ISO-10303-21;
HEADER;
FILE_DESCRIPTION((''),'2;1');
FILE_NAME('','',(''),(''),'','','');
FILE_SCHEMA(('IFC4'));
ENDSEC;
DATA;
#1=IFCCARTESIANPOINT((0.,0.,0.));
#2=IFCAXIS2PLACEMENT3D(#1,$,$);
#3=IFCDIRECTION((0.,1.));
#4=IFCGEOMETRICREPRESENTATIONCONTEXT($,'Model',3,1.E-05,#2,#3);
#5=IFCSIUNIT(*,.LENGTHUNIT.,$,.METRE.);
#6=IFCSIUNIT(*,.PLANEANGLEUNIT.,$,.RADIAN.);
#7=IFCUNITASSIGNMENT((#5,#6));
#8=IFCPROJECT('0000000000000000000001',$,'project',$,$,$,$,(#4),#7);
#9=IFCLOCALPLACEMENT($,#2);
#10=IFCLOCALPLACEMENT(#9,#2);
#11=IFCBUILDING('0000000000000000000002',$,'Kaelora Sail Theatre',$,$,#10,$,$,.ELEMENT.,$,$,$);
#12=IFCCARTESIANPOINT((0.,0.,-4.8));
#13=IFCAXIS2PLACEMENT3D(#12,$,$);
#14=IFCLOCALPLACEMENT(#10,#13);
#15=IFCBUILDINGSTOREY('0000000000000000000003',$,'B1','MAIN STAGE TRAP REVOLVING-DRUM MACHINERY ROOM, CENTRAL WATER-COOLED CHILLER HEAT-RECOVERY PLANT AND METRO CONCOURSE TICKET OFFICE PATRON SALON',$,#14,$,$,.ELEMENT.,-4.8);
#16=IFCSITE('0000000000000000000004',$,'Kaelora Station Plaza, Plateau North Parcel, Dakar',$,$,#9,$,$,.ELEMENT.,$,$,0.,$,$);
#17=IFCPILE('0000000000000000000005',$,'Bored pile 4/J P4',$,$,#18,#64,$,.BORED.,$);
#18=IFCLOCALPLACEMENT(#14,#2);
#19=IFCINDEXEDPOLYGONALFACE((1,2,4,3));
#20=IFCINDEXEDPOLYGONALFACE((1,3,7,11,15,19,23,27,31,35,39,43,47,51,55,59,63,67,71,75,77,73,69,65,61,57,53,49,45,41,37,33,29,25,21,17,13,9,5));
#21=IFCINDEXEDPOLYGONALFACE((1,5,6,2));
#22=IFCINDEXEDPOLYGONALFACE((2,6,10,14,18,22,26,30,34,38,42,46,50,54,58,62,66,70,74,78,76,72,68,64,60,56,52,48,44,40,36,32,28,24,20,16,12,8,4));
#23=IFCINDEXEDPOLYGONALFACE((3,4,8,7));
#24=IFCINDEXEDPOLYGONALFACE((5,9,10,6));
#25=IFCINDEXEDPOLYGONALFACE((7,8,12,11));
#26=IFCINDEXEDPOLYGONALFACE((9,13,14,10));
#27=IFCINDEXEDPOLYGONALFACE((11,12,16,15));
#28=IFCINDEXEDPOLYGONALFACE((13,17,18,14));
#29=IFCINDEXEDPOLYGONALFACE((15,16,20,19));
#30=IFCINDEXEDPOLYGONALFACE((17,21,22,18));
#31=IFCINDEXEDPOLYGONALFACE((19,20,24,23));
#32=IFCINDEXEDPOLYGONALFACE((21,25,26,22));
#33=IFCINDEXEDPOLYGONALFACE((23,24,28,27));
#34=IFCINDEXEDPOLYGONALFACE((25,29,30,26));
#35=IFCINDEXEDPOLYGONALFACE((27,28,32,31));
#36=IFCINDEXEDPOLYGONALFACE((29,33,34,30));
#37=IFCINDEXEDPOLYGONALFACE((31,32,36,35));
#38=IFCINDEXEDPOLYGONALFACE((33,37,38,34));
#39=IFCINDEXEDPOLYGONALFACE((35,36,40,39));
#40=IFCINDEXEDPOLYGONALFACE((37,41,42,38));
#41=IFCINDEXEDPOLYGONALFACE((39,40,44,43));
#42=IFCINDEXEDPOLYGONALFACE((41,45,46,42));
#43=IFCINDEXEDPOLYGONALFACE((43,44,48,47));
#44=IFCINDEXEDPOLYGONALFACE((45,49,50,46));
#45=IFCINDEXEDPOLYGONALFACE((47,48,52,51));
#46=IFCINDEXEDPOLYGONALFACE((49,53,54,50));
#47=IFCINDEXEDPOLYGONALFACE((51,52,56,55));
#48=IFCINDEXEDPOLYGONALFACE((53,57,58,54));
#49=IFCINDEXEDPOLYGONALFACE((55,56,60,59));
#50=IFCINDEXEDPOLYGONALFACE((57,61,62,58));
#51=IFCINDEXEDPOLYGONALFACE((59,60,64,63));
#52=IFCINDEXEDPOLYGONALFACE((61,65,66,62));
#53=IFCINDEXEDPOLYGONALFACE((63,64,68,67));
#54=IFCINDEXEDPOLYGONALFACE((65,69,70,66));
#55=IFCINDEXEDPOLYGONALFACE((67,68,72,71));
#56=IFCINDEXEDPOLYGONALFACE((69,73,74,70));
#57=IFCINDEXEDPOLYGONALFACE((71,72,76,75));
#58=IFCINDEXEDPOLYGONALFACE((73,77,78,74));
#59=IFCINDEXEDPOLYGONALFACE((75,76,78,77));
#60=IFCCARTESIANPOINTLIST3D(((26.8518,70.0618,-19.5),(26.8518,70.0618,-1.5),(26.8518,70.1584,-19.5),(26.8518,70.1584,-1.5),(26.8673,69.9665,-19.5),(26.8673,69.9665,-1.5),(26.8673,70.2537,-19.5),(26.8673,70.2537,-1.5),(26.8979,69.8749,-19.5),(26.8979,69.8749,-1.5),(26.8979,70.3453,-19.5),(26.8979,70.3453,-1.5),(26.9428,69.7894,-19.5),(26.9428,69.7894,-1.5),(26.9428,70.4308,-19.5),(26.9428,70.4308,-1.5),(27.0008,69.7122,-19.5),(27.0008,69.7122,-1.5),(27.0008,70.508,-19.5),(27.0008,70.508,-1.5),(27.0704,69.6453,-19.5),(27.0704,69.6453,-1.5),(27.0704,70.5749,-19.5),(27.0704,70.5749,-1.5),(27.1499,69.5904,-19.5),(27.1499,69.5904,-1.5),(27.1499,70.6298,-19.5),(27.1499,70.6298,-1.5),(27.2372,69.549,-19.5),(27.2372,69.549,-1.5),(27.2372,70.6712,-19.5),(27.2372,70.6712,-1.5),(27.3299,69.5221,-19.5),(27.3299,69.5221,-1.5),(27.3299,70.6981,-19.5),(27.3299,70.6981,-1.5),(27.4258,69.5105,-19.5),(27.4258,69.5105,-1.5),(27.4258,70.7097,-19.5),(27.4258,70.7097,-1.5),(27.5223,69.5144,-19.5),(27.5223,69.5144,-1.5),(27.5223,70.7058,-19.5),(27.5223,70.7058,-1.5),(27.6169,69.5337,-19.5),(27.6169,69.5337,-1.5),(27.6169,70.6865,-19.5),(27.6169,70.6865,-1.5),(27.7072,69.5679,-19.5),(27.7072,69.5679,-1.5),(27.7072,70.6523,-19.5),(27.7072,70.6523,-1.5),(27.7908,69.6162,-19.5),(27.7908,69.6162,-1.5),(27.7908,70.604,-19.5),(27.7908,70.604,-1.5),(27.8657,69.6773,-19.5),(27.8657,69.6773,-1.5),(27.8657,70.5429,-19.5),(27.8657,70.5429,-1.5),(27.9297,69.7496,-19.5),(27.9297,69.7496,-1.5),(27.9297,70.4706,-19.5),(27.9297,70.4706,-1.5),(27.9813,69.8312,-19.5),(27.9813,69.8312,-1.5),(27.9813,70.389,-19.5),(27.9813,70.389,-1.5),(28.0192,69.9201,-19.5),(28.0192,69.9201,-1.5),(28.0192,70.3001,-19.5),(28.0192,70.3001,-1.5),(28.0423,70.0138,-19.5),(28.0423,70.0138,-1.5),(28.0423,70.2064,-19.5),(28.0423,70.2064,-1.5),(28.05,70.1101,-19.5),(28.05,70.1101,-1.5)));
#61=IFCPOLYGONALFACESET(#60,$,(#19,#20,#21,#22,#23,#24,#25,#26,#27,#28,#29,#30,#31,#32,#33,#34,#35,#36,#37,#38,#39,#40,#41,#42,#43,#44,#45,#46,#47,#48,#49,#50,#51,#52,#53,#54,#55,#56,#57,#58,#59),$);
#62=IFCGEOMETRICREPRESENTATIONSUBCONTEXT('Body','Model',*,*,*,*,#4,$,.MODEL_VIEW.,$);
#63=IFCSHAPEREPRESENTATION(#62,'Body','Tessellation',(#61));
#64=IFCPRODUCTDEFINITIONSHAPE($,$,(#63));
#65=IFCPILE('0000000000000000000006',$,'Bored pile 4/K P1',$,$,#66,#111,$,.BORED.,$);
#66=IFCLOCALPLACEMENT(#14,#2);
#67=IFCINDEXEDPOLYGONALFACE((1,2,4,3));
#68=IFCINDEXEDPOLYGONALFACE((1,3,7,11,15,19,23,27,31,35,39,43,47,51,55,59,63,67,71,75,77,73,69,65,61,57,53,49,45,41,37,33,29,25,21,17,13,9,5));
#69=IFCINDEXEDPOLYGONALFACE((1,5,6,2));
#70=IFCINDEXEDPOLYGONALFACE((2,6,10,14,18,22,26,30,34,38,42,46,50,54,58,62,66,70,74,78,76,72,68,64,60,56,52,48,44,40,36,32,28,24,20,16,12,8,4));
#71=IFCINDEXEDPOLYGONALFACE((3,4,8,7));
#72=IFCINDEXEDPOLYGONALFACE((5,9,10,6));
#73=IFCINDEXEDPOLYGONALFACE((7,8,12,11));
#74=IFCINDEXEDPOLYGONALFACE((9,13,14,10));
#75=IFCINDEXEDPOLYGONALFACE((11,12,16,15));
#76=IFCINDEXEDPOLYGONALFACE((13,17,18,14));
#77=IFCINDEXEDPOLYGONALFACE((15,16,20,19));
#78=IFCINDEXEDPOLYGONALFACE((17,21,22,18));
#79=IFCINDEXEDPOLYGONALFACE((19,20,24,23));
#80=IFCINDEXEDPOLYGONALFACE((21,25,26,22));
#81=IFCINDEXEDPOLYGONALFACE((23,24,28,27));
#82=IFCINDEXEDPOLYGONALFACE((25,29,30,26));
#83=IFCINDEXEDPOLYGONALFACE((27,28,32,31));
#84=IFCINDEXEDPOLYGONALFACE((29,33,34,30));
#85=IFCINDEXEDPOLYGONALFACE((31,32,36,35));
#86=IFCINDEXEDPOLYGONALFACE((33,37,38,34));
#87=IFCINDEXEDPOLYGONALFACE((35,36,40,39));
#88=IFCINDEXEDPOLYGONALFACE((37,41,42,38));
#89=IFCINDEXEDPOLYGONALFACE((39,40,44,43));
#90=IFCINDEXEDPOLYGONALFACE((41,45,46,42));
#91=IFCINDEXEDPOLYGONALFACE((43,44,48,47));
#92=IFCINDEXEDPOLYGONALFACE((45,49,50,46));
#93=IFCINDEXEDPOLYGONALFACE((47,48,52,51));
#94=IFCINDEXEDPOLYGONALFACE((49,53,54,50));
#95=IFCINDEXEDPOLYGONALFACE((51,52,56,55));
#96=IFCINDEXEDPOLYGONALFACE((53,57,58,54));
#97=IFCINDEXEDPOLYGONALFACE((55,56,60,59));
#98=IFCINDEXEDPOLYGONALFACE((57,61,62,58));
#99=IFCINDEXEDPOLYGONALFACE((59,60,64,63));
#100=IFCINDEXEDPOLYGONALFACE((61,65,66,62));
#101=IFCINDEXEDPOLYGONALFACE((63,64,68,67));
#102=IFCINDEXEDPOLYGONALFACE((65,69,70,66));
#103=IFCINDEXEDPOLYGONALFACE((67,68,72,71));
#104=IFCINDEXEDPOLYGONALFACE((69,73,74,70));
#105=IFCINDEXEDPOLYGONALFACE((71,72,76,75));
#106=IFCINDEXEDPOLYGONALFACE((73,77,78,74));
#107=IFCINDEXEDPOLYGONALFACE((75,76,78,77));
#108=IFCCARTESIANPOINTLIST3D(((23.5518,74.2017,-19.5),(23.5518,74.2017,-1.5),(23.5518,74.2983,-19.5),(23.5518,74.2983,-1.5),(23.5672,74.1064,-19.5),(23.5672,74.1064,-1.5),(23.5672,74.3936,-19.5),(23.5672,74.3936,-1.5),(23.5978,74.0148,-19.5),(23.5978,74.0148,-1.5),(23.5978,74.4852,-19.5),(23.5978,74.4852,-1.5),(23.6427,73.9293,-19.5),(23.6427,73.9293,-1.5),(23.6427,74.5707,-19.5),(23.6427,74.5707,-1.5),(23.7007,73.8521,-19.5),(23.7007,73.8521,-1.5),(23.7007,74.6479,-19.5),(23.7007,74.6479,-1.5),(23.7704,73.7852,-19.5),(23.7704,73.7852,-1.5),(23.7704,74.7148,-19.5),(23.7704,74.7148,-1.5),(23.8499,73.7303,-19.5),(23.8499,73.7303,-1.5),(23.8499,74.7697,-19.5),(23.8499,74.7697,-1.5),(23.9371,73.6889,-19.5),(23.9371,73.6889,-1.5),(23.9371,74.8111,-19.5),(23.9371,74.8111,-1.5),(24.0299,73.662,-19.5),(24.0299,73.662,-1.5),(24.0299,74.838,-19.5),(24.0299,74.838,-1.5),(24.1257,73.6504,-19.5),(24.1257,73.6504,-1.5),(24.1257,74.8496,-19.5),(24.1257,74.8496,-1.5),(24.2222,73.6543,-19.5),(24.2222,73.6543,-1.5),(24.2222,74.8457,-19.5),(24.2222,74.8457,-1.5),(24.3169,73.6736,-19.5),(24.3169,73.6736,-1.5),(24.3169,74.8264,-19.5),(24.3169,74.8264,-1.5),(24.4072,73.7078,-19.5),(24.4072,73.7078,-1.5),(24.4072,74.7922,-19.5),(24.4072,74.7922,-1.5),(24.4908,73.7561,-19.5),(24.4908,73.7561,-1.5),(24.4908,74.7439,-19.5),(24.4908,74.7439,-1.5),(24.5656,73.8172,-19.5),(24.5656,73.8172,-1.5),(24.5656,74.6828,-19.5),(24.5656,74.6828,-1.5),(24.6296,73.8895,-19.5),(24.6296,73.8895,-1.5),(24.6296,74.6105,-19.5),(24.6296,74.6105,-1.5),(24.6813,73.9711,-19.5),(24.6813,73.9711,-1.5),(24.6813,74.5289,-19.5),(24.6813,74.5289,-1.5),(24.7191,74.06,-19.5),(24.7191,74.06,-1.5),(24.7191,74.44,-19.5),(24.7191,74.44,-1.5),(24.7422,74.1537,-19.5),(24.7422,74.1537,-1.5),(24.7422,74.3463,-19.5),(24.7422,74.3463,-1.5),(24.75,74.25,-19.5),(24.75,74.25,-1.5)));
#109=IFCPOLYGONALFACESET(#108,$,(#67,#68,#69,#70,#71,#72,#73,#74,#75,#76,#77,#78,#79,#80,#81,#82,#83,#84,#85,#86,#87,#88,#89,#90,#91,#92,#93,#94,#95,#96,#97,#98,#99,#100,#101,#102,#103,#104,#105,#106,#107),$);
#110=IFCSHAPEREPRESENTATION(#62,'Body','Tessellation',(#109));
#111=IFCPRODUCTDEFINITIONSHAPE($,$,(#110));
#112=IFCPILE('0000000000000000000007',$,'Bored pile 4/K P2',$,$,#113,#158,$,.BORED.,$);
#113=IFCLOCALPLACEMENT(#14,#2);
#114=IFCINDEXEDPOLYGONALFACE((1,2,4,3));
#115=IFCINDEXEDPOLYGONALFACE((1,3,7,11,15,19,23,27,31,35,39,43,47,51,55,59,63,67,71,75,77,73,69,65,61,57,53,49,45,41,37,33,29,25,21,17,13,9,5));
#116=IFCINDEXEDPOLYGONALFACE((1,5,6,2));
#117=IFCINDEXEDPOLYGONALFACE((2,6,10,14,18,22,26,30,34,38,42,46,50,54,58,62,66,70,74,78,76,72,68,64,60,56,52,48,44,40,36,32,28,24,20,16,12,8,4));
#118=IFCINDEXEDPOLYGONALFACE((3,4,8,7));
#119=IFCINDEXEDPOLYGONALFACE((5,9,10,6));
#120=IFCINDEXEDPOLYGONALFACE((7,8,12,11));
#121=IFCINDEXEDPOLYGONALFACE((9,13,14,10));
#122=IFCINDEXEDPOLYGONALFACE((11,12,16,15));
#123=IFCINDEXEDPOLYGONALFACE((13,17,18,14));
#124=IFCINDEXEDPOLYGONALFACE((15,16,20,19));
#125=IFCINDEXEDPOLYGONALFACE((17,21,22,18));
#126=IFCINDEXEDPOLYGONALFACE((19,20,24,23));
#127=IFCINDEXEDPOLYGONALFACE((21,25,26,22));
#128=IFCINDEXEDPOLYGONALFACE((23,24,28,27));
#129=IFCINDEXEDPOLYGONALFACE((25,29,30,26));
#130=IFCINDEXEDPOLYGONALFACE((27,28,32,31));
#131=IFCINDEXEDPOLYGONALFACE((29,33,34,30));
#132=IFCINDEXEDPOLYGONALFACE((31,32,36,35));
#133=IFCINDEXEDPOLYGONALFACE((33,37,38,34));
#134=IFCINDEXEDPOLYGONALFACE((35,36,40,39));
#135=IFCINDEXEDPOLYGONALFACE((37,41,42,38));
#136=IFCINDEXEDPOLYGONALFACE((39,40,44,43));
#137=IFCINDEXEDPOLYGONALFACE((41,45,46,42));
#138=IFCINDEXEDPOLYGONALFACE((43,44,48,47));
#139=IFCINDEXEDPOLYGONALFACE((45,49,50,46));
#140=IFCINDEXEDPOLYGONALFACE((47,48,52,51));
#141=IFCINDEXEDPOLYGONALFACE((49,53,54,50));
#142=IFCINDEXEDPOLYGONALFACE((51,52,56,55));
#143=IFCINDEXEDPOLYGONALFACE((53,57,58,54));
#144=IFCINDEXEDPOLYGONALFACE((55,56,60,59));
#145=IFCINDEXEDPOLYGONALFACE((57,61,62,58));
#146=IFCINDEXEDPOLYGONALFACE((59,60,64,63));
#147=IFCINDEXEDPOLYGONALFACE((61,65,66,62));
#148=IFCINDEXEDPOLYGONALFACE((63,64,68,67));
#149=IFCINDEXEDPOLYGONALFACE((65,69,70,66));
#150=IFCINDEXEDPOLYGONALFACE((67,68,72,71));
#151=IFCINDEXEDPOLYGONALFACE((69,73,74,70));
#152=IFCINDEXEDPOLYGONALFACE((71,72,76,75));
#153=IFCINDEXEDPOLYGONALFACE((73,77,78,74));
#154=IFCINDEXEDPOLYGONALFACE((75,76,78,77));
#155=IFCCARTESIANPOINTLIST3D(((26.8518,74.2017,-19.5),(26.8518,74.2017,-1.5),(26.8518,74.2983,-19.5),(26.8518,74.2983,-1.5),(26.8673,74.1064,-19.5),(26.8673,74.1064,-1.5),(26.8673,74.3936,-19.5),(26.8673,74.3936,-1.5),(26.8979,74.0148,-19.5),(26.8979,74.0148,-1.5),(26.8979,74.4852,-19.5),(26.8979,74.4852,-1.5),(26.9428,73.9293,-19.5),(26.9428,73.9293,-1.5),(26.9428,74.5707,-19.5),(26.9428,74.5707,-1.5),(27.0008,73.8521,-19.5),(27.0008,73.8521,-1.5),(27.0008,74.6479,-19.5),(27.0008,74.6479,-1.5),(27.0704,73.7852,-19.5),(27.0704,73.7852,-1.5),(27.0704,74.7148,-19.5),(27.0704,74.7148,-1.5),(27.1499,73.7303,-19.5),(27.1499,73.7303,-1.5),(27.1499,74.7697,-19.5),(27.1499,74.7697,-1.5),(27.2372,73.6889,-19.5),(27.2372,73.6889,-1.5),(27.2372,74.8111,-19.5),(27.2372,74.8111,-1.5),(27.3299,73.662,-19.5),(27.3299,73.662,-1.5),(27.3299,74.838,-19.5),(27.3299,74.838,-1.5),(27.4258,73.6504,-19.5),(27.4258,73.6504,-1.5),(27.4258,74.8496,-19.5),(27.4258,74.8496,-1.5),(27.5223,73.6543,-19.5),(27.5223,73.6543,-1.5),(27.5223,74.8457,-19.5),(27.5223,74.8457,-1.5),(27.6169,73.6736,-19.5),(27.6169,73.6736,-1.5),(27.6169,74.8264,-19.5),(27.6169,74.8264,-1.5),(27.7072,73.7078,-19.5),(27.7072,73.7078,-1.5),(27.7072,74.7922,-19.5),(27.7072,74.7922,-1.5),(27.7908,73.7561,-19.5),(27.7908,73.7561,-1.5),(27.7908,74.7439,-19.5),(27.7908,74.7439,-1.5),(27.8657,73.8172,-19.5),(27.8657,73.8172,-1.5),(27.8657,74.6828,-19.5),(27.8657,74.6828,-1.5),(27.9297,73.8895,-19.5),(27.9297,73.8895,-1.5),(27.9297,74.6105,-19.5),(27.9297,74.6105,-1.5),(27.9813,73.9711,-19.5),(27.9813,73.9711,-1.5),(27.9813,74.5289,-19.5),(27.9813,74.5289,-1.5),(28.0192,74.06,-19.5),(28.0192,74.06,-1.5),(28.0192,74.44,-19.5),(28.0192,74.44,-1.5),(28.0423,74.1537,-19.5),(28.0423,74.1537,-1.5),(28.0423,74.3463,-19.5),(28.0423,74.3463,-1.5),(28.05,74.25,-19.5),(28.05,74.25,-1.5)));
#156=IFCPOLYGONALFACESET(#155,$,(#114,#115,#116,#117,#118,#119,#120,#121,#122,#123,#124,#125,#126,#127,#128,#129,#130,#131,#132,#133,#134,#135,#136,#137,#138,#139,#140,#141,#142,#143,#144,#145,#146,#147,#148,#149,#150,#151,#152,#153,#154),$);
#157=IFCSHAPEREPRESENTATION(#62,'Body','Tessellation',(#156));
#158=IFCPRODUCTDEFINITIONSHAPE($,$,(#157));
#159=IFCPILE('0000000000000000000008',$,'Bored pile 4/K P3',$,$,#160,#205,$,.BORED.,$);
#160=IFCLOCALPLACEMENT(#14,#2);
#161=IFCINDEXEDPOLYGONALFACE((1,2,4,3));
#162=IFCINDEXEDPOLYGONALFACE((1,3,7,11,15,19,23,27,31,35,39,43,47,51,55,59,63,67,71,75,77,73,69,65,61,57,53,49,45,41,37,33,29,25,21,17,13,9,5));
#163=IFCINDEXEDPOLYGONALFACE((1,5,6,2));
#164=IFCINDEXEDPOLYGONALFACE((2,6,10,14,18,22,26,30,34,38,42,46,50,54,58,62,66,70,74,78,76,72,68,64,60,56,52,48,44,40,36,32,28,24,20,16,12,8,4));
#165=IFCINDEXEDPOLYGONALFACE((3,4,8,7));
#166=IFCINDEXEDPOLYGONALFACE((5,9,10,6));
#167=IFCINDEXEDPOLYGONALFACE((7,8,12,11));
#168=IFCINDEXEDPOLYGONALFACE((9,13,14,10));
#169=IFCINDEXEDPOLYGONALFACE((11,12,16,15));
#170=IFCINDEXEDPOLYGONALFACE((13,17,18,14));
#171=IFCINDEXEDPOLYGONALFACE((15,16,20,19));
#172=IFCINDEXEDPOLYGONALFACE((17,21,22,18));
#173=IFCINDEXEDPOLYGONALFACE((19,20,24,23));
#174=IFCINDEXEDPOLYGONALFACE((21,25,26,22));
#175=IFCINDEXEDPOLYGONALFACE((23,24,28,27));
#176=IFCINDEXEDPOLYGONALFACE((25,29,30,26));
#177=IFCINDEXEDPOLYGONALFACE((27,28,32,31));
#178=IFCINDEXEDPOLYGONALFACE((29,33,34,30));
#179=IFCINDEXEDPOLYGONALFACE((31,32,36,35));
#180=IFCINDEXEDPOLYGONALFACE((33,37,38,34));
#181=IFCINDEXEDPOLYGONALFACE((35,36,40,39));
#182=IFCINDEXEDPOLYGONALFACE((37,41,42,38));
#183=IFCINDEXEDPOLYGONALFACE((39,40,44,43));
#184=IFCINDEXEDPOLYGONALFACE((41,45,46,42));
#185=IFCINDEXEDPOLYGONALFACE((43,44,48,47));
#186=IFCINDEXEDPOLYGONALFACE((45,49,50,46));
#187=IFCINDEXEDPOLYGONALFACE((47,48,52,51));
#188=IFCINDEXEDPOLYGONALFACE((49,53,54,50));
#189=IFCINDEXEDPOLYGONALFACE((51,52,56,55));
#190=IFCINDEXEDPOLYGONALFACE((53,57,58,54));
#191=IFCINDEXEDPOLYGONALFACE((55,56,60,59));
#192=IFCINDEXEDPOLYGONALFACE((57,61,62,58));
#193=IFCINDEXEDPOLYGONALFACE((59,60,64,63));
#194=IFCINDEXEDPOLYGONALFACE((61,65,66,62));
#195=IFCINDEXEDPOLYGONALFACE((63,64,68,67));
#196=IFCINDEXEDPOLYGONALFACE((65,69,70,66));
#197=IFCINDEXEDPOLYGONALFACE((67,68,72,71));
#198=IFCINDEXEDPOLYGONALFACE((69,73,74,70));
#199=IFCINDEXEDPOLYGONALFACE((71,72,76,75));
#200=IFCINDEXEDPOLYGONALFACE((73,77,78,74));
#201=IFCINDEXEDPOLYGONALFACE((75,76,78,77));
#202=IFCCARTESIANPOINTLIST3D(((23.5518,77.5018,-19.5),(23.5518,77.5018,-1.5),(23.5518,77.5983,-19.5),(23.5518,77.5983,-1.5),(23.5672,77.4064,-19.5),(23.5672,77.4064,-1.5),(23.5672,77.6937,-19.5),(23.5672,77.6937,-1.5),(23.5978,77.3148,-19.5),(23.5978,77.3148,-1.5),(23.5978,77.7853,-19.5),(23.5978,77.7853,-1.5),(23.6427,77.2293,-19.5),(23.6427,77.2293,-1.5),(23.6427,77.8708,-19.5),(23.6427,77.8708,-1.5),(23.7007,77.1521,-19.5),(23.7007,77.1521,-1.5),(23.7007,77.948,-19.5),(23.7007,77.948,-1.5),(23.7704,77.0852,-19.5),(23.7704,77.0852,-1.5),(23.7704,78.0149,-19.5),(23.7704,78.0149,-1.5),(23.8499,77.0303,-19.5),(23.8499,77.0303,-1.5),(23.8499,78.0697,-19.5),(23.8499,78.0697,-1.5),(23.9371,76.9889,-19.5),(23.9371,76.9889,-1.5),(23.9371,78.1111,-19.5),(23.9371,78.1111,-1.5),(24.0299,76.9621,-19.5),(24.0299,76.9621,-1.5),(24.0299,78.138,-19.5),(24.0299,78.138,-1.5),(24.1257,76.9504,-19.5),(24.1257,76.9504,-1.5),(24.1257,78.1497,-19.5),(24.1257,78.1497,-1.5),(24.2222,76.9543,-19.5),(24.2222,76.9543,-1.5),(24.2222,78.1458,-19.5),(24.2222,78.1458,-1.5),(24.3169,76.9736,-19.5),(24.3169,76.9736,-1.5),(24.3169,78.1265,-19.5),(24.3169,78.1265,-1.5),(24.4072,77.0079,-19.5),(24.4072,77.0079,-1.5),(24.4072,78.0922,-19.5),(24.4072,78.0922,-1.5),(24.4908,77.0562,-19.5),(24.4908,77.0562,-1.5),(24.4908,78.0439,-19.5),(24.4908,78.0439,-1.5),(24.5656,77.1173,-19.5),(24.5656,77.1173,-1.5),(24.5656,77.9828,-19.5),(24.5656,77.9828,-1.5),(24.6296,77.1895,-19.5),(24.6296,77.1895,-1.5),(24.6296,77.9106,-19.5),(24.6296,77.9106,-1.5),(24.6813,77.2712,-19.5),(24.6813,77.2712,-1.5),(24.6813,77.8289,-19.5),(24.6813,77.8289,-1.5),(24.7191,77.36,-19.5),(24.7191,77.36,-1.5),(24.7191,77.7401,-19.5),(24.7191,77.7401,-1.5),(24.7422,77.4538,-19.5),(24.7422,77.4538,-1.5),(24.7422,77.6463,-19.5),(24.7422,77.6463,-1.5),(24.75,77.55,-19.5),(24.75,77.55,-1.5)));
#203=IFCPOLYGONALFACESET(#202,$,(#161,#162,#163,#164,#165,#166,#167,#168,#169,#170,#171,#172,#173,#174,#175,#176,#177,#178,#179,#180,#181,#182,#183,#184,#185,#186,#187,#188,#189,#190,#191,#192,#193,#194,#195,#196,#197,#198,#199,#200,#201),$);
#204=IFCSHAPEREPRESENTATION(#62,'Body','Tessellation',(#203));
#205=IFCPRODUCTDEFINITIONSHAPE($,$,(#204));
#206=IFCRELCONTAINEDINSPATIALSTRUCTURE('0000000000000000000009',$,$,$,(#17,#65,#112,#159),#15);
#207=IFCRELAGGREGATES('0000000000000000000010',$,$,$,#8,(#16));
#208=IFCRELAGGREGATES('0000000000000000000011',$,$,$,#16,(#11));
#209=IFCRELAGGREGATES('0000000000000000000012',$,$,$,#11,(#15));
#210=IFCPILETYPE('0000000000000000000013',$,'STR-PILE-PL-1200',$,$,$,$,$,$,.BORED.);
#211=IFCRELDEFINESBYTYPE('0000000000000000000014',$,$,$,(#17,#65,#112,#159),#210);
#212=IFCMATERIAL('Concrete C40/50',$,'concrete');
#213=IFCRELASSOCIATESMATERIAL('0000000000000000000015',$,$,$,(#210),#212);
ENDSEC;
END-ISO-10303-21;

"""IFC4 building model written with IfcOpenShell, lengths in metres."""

from ifc_helpers import new_model, si_unit, direction, frame, origin, origin_2d, place, context, subcontext, project, spatial, circle, extrude, material, material_profile, profile_set, type_object, element, save


model = new_model("IFC4")

# Units and contexts
model_context = context("Model", 3, precision=1e-05, world=origin(), true_north=direction((0.0, 1.0)))
body_context = subcontext(model_context, "Body", "Model", "MODEL_VIEW")
ifc_project = project(units=[si_unit("LENGTHUNIT", "METRE"), si_unit("PLANEANGLEUNIT", "RADIAN")], contexts=[model_context])

# Site, building, storey
site_placement = place(None, origin())
site = spatial("IfcSite", under=ifc_project, at=site_placement, Name="Kaelora Station Plaza, Plateau North Parcel, Dakar", CompositionType="ELEMENT", RefElevation=0.0)
building_placement = place(site_placement, origin())
building = spatial("IfcBuilding", under=site, at=building_placement, Name="Kaelora Sail Theatre", CompositionType="ELEMENT")
storey_placement = place(building_placement, frame((0.0, 0.0, -4.8)))
storey = spatial("IfcBuildingStorey", under=building, at=storey_placement, Name="B1", Description="MAIN STAGE TRAP REVOLVING-DRUM MACHINERY ROOM, CENTRAL WATER-COOLED CHILLER HEAT-RECOVERY PLANT AND METRO CONCOURSE TICKET OFFICE PATRON SALON", CompositionType="ELEMENT", Elevation=-4.8)

# Piles
ifc_material_1 = material(Name="Concrete C40/50", Category="concrete")
ifc_material_profile_1 = material_profile(ifc_material_1, circle(Radius=0.6001, at=origin_2d()), Name="PILE D1200")
ifc_profile_set_1 = profile_set([ifc_material_profile_1], Name="Concrete C40/50")
pile_type = type_object("IfcPileType", Name="STR-PILE-PL-1200", PredefinedType="BORED", material=ifc_profile_set_1)
for number, where, z_axis, x_axis, name in (
    (1, (27.45, 70.1101, -1.5), (0.0, 0.0, -1.0), (1.0, 0.0, 0.0), "Bored pile 4/J P4"),
    (2, (24.1499, 74.25, -1.5), (0.0, 0.0, -1.0), (1.0, 0.0, 0.0), "Bored pile 4/K P1"),
    (3, (27.45, 74.25, -1.5), (0.0, 0.0, -1.0), (1.0, 0.0, 0.0), "Bored pile 4/K P2"),
    (4, (24.1499, 77.55, -1.5), (0.0, 0.0, -1.0), (1.0, 0.0, 0.0), "Bored pile 4/K P3"),
):
    element("IfcPile", number, at=place(storey_placement, frame(where, z_axis=z_axis, x_axis=x_axis)), inside=storey, type_object=pile_type, Name=name, PredefinedType="BORED", context=body_context, shape_type="SweptSolid", body=[
        extrude(circle(Radius=0.6001, at=origin_2d()), origin(), (0.0, 0.0, 1.0), 18.0),
    ])

save(model, "model.ifc")
